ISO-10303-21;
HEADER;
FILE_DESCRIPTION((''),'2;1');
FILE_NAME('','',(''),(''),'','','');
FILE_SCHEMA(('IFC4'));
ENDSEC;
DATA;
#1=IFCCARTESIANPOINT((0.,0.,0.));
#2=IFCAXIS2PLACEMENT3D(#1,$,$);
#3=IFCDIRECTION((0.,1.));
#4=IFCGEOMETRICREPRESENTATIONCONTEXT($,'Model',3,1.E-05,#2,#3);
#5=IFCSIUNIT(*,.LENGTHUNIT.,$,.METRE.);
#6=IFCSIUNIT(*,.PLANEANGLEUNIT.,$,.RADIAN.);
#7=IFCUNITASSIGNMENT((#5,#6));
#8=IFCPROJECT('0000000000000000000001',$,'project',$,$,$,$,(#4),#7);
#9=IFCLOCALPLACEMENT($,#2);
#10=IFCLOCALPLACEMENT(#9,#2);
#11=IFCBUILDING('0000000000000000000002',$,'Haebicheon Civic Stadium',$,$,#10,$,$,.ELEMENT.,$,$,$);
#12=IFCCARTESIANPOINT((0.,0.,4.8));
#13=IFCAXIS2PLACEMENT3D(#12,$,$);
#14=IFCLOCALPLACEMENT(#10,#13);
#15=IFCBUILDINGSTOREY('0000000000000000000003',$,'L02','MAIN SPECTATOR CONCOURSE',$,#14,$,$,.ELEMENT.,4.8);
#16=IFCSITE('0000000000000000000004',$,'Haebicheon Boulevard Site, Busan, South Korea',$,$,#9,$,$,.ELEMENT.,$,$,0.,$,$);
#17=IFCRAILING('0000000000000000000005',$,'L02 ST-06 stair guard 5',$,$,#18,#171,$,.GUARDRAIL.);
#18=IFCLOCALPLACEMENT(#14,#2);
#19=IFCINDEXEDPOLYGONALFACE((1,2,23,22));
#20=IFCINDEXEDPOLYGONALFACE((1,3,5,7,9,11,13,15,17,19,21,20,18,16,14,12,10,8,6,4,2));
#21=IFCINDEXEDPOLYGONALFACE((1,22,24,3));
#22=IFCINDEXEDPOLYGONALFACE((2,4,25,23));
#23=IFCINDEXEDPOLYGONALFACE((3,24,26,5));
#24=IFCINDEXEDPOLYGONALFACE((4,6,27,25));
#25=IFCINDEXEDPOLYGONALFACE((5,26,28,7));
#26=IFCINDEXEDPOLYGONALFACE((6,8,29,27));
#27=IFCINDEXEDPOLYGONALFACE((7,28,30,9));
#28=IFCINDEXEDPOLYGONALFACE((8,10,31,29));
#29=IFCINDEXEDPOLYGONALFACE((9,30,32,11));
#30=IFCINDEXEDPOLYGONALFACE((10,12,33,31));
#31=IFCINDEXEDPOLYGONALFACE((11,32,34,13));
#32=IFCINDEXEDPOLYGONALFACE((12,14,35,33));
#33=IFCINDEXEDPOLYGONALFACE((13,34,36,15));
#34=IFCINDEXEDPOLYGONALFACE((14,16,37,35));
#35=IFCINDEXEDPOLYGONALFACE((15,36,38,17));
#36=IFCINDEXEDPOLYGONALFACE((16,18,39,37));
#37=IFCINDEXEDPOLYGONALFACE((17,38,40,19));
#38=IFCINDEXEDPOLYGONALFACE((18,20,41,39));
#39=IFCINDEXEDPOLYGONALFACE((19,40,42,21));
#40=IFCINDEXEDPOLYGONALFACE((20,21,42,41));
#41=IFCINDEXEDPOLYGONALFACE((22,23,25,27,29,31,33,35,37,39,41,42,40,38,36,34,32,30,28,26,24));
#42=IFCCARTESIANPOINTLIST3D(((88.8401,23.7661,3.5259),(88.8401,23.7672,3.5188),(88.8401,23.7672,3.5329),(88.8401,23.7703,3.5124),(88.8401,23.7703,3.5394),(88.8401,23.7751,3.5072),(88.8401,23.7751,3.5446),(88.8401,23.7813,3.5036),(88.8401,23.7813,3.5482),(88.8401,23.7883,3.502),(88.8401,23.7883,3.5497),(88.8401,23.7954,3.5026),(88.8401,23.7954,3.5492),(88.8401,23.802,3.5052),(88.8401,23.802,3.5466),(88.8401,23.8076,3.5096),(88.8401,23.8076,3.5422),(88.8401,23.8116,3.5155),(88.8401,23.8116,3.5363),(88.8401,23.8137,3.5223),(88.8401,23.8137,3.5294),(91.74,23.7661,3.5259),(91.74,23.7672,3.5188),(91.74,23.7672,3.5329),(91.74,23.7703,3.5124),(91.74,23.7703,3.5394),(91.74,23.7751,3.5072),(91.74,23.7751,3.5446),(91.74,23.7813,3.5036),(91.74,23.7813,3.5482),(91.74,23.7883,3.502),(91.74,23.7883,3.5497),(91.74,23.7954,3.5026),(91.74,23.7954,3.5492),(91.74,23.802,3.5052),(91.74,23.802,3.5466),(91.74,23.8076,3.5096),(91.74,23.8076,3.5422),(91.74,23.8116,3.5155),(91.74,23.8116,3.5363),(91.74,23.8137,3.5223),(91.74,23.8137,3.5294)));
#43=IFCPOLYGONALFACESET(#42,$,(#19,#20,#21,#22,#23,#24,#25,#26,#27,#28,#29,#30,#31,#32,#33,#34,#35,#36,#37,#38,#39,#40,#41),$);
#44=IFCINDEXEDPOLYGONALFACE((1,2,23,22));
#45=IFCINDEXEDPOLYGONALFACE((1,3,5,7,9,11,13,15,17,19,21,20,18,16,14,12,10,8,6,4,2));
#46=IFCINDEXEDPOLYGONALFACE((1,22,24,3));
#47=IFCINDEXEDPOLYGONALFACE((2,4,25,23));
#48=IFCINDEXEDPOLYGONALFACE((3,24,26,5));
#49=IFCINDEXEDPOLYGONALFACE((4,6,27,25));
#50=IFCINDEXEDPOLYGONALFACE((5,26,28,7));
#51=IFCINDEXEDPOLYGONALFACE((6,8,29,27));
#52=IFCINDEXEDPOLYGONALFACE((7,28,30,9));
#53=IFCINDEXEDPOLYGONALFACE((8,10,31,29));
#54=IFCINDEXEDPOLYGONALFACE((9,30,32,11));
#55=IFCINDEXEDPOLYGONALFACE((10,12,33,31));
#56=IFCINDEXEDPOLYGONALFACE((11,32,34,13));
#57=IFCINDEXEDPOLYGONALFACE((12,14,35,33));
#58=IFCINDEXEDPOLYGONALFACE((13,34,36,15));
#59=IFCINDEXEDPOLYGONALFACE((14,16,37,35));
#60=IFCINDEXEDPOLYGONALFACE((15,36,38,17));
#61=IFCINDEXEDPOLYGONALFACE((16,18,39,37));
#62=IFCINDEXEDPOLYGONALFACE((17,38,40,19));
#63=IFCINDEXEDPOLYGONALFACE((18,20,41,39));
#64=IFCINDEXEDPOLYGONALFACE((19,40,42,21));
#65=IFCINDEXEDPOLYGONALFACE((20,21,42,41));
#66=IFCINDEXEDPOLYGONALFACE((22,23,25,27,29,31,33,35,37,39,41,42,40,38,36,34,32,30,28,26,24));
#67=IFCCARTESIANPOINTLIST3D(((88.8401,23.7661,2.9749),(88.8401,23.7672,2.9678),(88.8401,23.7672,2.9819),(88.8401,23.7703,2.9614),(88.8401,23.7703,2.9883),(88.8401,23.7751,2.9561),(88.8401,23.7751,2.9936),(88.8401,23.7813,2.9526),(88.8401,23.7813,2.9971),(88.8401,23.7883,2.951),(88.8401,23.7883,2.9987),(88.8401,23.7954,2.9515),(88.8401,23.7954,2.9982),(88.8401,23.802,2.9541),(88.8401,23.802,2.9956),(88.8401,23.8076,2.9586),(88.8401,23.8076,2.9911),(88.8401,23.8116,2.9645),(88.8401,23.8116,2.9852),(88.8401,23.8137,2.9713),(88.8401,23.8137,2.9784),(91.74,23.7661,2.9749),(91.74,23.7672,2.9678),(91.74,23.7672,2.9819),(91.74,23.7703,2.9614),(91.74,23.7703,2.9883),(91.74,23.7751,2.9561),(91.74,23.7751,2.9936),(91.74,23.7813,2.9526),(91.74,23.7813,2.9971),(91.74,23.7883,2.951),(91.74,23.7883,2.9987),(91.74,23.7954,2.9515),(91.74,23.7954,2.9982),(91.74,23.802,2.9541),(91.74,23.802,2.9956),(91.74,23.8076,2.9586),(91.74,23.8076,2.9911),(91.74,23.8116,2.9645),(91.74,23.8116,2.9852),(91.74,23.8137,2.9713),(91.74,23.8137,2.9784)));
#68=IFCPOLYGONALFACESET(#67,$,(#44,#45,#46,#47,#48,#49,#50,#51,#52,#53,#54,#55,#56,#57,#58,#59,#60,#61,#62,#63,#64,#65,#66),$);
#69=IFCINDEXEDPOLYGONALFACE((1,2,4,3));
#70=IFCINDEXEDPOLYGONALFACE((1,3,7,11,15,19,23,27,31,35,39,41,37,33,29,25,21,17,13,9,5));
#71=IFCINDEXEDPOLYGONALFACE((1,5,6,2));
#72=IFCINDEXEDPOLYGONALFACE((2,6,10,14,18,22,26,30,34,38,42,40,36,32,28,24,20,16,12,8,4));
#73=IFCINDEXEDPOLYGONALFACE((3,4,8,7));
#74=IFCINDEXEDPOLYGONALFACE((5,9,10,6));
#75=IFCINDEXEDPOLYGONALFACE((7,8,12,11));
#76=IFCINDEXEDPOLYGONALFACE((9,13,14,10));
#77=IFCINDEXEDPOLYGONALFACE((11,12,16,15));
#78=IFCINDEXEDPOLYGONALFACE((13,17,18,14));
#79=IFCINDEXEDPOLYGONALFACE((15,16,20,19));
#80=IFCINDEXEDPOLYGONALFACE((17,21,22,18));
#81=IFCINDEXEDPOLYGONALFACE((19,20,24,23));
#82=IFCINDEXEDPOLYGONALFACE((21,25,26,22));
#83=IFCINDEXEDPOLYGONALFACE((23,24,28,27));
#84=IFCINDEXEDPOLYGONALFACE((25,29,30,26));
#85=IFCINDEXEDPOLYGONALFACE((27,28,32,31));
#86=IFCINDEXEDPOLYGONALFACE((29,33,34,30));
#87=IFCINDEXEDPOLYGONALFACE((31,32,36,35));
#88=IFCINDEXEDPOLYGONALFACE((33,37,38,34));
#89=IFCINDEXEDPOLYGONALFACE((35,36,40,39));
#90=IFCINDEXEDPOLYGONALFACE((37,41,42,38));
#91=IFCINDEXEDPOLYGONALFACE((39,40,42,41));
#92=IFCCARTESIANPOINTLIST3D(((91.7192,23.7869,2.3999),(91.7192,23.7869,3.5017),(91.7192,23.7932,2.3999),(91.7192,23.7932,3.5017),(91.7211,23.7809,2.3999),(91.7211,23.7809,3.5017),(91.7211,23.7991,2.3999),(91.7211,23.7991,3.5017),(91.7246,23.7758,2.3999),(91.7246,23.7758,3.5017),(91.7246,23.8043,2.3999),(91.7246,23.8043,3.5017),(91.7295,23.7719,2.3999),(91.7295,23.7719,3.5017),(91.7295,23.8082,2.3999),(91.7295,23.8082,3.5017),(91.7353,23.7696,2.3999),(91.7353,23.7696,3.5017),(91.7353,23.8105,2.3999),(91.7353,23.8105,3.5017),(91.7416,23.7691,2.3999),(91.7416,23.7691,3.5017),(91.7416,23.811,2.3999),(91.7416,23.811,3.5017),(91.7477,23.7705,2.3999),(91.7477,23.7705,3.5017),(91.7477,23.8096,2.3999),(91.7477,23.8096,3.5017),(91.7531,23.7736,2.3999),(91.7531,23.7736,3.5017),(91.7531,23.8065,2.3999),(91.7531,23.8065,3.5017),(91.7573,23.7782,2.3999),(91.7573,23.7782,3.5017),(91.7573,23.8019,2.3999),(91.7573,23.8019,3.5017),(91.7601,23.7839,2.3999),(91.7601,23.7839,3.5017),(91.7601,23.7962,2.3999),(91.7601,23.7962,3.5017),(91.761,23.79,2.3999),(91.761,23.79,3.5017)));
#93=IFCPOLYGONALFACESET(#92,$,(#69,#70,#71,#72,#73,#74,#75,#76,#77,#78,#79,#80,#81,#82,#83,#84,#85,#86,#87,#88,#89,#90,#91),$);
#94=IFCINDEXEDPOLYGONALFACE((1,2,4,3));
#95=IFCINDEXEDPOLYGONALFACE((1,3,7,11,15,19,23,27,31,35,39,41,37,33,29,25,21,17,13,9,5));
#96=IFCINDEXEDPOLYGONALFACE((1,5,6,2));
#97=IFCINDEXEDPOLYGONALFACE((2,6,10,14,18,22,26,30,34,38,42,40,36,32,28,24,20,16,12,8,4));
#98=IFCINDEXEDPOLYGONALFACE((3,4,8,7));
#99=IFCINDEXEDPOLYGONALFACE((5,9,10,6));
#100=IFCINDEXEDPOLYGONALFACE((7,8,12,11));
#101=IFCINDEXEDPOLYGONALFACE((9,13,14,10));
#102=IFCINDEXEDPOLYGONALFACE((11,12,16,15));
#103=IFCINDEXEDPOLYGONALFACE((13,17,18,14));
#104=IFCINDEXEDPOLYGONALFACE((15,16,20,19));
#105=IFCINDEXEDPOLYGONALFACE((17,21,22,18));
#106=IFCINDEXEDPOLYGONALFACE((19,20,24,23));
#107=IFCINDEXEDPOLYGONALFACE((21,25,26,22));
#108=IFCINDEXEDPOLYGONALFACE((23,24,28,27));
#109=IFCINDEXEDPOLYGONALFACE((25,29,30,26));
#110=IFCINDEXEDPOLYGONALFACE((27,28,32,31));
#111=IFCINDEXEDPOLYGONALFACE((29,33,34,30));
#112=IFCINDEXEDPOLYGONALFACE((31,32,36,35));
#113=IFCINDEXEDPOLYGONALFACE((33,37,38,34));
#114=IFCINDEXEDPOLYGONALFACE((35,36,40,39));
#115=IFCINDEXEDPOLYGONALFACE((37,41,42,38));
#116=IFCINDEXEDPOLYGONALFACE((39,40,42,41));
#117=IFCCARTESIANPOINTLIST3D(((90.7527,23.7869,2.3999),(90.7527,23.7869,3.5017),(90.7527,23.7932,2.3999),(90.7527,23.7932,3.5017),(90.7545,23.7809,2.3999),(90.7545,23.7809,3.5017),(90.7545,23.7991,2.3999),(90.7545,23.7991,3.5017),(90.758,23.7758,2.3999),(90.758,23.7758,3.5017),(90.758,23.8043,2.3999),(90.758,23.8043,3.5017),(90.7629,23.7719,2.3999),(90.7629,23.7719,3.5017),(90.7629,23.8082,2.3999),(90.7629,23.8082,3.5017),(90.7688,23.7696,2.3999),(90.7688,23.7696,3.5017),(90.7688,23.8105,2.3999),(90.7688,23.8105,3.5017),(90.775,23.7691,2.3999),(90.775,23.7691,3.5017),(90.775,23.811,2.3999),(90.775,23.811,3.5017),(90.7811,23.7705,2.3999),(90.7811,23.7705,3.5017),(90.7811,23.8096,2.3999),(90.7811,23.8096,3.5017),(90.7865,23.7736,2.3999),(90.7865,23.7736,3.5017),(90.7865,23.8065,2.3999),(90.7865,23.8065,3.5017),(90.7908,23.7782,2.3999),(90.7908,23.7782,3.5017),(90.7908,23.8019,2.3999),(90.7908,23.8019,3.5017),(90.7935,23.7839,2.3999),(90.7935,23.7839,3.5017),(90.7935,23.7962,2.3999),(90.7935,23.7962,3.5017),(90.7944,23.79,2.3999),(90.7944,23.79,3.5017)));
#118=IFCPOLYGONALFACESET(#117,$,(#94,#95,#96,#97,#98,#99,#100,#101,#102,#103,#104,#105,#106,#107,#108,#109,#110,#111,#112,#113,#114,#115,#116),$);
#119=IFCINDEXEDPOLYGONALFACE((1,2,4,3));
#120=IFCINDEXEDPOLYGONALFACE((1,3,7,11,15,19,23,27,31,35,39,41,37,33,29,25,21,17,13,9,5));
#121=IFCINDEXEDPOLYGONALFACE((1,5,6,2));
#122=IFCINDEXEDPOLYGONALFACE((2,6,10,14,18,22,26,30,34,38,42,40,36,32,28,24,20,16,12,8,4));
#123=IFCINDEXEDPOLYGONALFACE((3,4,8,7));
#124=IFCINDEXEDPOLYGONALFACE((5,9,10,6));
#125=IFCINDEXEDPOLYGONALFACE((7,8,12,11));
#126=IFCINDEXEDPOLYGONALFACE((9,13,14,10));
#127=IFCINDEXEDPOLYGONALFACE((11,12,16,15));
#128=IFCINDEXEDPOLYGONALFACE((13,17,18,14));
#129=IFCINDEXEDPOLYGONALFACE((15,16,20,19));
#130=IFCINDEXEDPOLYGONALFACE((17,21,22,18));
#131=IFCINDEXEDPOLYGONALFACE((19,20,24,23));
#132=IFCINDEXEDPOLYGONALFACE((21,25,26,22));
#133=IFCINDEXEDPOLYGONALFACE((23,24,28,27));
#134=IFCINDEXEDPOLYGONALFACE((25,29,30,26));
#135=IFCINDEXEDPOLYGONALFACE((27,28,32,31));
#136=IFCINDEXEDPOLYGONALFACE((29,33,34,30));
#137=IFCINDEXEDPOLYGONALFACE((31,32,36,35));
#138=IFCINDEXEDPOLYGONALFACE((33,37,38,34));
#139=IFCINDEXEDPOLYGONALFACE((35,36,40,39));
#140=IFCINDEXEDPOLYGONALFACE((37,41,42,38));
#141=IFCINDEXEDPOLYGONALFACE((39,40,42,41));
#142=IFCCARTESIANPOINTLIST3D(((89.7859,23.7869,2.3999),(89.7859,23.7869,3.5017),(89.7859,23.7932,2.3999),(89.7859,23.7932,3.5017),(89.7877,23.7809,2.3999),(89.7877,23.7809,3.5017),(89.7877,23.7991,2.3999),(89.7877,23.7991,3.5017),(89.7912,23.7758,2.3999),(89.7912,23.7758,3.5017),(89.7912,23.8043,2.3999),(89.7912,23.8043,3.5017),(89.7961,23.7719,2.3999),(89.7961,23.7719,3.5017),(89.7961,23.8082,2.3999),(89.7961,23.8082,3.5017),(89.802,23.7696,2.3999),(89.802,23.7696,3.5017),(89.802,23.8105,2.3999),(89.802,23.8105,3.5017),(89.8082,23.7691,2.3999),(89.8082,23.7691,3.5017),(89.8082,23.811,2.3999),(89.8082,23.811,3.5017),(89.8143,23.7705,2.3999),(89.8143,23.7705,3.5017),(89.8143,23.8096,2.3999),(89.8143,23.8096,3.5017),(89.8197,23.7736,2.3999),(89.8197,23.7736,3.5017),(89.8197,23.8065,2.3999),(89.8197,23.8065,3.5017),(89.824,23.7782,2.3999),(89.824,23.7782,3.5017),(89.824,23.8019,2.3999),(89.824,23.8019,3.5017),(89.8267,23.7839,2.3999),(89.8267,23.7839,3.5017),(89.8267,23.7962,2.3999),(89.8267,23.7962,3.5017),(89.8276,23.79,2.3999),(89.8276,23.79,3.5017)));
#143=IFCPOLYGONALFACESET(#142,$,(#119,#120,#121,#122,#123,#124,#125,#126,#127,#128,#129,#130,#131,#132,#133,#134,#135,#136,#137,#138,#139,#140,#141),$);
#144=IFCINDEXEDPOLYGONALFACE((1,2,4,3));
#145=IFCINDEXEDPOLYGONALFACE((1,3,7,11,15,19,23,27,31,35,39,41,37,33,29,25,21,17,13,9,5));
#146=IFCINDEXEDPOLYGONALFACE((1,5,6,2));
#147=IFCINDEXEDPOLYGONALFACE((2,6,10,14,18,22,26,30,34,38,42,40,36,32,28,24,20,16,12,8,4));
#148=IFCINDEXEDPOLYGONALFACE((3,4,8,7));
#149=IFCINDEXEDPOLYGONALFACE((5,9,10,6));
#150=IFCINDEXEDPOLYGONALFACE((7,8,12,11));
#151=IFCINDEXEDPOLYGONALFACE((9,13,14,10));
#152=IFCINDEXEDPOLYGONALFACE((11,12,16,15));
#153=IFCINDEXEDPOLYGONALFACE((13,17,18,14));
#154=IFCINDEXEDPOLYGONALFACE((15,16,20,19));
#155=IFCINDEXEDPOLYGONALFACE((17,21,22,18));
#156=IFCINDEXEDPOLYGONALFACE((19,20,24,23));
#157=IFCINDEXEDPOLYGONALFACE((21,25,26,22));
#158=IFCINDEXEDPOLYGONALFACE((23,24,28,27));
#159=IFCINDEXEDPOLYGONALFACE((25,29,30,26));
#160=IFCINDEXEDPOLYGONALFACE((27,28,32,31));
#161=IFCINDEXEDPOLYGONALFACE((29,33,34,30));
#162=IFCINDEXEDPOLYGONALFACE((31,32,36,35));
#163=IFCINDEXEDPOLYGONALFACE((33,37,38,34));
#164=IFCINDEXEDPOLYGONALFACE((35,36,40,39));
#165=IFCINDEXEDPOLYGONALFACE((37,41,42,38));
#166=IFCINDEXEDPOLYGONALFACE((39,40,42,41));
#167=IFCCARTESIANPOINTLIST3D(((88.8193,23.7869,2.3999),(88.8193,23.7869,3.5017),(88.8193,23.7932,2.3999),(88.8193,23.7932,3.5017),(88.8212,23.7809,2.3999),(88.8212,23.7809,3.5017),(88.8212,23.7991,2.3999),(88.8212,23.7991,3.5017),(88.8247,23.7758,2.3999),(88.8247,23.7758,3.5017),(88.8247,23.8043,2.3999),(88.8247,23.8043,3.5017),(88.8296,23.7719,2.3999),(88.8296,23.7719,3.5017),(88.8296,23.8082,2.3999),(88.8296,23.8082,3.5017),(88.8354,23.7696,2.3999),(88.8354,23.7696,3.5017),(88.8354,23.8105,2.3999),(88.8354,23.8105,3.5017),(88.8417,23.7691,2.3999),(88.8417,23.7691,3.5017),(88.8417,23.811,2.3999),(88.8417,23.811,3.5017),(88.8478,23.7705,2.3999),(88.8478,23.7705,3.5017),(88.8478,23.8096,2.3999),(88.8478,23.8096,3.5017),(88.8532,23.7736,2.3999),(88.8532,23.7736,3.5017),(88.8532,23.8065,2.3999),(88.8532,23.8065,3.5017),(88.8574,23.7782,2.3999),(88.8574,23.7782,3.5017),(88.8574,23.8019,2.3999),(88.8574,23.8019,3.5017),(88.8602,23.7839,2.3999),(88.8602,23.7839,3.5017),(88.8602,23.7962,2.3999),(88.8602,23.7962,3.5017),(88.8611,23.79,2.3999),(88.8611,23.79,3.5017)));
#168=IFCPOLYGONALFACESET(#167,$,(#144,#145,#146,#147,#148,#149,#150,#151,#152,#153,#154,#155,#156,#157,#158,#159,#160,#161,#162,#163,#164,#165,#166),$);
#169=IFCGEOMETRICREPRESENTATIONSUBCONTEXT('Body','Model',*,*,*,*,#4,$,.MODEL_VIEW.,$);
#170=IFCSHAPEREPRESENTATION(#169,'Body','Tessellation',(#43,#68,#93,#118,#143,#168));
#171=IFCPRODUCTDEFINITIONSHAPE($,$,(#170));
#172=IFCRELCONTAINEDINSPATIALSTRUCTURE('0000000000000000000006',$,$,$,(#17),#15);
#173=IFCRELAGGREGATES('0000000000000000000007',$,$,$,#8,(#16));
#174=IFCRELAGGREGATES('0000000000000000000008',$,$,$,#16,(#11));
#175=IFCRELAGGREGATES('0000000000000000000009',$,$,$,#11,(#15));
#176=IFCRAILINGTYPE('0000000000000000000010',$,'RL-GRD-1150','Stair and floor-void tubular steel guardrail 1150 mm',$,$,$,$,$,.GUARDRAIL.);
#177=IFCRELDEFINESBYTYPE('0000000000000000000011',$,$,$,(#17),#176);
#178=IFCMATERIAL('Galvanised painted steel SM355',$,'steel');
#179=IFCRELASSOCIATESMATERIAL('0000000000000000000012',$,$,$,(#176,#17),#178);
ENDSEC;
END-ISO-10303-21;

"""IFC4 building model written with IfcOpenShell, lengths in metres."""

from ifc_helpers import new_model, si_unit, direction, frame, origin, origin_2d, place, context, subcontext, project, spatial, circle, extrude, material, type_object, element, save


model = new_model("IFC4")

# Units and contexts
model_context = context("Model", 3, precision=1e-05, world=origin(), true_north=direction((0.0, 1.0)))
body_context = subcontext(model_context, "Body", "Model", "MODEL_VIEW")
ifc_project = project(units=[si_unit("LENGTHUNIT", "METRE"), si_unit("PLANEANGLEUNIT", "RADIAN")], contexts=[model_context])

# Site, building, storey
site_placement = place(None, origin())
site = spatial("IfcSite", under=ifc_project, at=site_placement, Name="Haebicheon Boulevard Site, Busan, South Korea", CompositionType="ELEMENT", RefElevation=0.0)
building_placement = place(site_placement, origin())
building = spatial("IfcBuilding", under=site, at=building_placement, Name="Haebicheon Civic Stadium", CompositionType="ELEMENT")
storey_placement = place(building_placement, frame((0.0, 0.0, 4.8)))
storey = spatial("IfcBuildingStorey", under=building, at=storey_placement, Name="L02", Description="MAIN SPECTATOR CONCOURSE", CompositionType="ELEMENT", Elevation=4.8)

# Railing
ifc_material_1 = material(Name="Galvanised painted steel SM355", Category="steel")
railing_type_1 = type_object("IfcRailingType", Name="RL-GRD-1150", Description="Stair and floor-void tubular steel guardrail 1150 mm", PredefinedType="GUARDRAIL", material=ifc_material_1)
railing_1_placement = place(storey_placement, frame((91.74, 23.79, 2.3999)))
element("IfcRailing", 1, at=railing_1_placement, inside=storey, type_object=railing_type_1, material=ifc_material_1, Name="L02 ST-06 stair guard 5", PredefinedType="GUARDRAIL", context=body_context, shape_type="SweptSolid", body=[
    extrude(circle(Radius=0.0239, at=origin_2d()), frame((0.0, 0.0, 1.126), z_axis=(-1.0, 0.0, 0.0), x_axis=(0.0, -1.0, 0.0)), (0.0, 0.0, 1.0), 2.8999),
    extrude(circle(Radius=0.0239, at=origin_2d()), frame((0.0, 0.0, 0.575), z_axis=(-1.0, 0.0, 0.0), x_axis=(0.0, -1.0, 0.0)), (0.0, 0.0, 1.0), 2.8999),
    extrude(circle(Radius=0.021, at=origin_2d()), origin(), (0.0, 0.0, 1.0), 1.1018),
    extrude(circle(Radius=0.021, at=origin_2d()), frame((-0.9666, 0.0, 0.0)), (0.0, 0.0, 1.0), 1.1018),
    extrude(circle(Radius=0.021, at=origin_2d()), frame((-1.9333, 0.0, 0.0)), (0.0, 0.0, 1.0), 1.1018),
    extrude(circle(Radius=0.021, at=origin_2d()), frame((-2.8999, 0.0, 0.0)), (0.0, 0.0, 1.0), 1.1018),
])

save(model, "model.ifc")
